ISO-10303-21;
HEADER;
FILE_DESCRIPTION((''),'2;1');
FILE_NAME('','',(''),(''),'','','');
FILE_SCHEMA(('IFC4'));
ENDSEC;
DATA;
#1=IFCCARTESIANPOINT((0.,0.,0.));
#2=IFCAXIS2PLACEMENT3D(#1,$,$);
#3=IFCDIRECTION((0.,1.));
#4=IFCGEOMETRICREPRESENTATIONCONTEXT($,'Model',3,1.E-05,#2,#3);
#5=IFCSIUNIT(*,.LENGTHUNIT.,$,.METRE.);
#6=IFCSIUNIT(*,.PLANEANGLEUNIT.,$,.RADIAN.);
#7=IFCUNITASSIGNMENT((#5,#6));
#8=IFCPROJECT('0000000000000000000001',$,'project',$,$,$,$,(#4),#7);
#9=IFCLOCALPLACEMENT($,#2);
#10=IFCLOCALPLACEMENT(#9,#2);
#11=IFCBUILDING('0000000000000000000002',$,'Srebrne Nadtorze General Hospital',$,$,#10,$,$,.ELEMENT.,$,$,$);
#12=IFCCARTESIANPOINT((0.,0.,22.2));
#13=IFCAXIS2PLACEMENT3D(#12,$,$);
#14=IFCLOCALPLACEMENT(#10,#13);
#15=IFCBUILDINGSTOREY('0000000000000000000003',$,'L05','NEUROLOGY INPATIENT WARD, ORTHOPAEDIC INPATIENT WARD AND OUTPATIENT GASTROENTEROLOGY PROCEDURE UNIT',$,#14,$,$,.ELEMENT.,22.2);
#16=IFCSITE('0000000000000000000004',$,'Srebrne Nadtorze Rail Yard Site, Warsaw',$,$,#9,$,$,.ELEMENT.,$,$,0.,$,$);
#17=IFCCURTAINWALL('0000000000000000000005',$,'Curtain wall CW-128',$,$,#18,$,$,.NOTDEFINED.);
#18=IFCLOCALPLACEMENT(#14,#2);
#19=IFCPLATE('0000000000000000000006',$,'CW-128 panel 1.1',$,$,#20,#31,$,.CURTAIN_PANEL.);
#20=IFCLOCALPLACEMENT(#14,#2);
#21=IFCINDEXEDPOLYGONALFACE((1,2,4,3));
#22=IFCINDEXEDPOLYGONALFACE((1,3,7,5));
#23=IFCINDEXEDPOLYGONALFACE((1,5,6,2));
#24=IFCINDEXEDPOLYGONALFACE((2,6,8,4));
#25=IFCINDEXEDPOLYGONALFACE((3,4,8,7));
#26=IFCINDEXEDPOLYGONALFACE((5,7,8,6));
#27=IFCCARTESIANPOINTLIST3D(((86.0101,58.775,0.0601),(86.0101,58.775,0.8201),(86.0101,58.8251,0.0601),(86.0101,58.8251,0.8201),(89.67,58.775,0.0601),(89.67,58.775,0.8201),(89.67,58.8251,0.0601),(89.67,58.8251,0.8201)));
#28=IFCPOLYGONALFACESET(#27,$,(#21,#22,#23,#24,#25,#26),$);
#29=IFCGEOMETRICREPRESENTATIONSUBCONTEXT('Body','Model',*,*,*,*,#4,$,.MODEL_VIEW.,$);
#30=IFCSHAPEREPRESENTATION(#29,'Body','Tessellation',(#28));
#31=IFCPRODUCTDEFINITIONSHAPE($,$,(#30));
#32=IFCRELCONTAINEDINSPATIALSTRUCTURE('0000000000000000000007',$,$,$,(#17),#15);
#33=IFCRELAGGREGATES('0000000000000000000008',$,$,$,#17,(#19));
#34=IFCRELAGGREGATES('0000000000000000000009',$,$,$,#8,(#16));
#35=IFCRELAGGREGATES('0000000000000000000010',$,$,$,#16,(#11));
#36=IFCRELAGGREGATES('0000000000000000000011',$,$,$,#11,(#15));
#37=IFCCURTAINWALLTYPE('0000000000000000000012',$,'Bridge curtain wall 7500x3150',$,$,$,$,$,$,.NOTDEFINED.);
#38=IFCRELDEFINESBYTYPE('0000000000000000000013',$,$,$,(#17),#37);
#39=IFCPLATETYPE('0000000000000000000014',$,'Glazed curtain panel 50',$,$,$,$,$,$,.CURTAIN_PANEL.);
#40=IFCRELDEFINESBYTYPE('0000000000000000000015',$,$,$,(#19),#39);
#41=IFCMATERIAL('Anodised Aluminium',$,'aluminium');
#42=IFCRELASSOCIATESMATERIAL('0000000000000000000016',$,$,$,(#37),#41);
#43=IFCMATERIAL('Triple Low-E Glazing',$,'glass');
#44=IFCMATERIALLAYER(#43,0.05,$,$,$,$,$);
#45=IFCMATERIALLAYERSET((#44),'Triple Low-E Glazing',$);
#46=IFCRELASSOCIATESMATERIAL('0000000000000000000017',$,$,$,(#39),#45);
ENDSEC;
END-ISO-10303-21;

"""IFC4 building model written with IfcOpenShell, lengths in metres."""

from ifc_helpers import new_model, si_unit, direction, frame, origin, origin_2d, place, context, subcontext, project, spatial, rectangle, extrude, material, layer, layer_set, type_object, element, aggregate, save


model = new_model("IFC4")

# Units and contexts
model_context = context("Model", 3, precision=1e-05, world=origin(), true_north=direction((0.0, 1.0)))
body_context = subcontext(model_context, "Body", "Model", "MODEL_VIEW")
ifc_project = project(units=[si_unit("LENGTHUNIT", "METRE"), si_unit("PLANEANGLEUNIT", "RADIAN")], contexts=[model_context])

# Site, building, storey
site_placement = place(None, origin())
site = spatial("IfcSite", under=ifc_project, at=site_placement, Name="Srebrne Nadtorze Rail Yard Site, Warsaw", CompositionType="ELEMENT", RefElevation=0.0)
building_placement = place(site_placement, origin())
building = spatial("IfcBuilding", under=site, at=building_placement, Name="Srebrne Nadtorze General Hospital", CompositionType="ELEMENT")
storey_placement = place(building_placement, frame((0.0, 0.0, 22.2)))
storey = spatial("IfcBuildingStorey", under=building, at=storey_placement, Name="L05", Description="NEUROLOGY INPATIENT WARD, ORTHOPAEDIC INPATIENT WARD AND OUTPATIENT GASTROENTEROLOGY PROCEDURE UNIT", CompositionType="ELEMENT", Elevation=22.2)

# Curtain wall
ifc_material_1 = material(Name="Anodised Aluminium", Category="aluminium")
curtain_wall_type = type_object("IfcCurtainWallType", Name="Bridge curtain wall 7500x3150", PredefinedType="NOTDEFINED", material=ifc_material_1)
curtain_wall_1_placement = place(storey_placement, origin())
curtain_wall_1 = element("IfcCurtainWall", 1, at=curtain_wall_1_placement, inside=storey, type_object=curtain_wall_type, Name="Curtain wall CW-128", PredefinedType="NOTDEFINED")

# Plate
ifc_material_2 = material(Name="Triple Low-E Glazing", Category="glass")
ifc_layer = layer(ifc_material_2, 0.05)
ifc_layer_set = layer_set([ifc_layer], Name="Triple Low-E Glazing")
plate_type = type_object("IfcPlateType", Name="Glazed curtain panel 50", PredefinedType="CURTAIN_PANEL", material=ifc_layer_set)
plate_1_placement = place(storey_placement, frame((87.8401, 58.8, 0.0601), z_axis=(0.0, 0.0, 1.0), x_axis=(1.0, 0.0, 0.0)))
plate_1 = element("IfcPlate", 2, at=plate_1_placement, type_object=plate_type, Name="CW-128 panel 1.1", PredefinedType="CURTAIN_PANEL", context=body_context, shape_type="SweptSolid", body=[
    extrude(rectangle(XDim=3.6599, YDim=0.05, at=origin_2d()), origin(), (0.0, 0.0, 1.0), 0.76),
])
aggregate(curtain_wall_1, [plate_1])

save(model, "model.ifc")
